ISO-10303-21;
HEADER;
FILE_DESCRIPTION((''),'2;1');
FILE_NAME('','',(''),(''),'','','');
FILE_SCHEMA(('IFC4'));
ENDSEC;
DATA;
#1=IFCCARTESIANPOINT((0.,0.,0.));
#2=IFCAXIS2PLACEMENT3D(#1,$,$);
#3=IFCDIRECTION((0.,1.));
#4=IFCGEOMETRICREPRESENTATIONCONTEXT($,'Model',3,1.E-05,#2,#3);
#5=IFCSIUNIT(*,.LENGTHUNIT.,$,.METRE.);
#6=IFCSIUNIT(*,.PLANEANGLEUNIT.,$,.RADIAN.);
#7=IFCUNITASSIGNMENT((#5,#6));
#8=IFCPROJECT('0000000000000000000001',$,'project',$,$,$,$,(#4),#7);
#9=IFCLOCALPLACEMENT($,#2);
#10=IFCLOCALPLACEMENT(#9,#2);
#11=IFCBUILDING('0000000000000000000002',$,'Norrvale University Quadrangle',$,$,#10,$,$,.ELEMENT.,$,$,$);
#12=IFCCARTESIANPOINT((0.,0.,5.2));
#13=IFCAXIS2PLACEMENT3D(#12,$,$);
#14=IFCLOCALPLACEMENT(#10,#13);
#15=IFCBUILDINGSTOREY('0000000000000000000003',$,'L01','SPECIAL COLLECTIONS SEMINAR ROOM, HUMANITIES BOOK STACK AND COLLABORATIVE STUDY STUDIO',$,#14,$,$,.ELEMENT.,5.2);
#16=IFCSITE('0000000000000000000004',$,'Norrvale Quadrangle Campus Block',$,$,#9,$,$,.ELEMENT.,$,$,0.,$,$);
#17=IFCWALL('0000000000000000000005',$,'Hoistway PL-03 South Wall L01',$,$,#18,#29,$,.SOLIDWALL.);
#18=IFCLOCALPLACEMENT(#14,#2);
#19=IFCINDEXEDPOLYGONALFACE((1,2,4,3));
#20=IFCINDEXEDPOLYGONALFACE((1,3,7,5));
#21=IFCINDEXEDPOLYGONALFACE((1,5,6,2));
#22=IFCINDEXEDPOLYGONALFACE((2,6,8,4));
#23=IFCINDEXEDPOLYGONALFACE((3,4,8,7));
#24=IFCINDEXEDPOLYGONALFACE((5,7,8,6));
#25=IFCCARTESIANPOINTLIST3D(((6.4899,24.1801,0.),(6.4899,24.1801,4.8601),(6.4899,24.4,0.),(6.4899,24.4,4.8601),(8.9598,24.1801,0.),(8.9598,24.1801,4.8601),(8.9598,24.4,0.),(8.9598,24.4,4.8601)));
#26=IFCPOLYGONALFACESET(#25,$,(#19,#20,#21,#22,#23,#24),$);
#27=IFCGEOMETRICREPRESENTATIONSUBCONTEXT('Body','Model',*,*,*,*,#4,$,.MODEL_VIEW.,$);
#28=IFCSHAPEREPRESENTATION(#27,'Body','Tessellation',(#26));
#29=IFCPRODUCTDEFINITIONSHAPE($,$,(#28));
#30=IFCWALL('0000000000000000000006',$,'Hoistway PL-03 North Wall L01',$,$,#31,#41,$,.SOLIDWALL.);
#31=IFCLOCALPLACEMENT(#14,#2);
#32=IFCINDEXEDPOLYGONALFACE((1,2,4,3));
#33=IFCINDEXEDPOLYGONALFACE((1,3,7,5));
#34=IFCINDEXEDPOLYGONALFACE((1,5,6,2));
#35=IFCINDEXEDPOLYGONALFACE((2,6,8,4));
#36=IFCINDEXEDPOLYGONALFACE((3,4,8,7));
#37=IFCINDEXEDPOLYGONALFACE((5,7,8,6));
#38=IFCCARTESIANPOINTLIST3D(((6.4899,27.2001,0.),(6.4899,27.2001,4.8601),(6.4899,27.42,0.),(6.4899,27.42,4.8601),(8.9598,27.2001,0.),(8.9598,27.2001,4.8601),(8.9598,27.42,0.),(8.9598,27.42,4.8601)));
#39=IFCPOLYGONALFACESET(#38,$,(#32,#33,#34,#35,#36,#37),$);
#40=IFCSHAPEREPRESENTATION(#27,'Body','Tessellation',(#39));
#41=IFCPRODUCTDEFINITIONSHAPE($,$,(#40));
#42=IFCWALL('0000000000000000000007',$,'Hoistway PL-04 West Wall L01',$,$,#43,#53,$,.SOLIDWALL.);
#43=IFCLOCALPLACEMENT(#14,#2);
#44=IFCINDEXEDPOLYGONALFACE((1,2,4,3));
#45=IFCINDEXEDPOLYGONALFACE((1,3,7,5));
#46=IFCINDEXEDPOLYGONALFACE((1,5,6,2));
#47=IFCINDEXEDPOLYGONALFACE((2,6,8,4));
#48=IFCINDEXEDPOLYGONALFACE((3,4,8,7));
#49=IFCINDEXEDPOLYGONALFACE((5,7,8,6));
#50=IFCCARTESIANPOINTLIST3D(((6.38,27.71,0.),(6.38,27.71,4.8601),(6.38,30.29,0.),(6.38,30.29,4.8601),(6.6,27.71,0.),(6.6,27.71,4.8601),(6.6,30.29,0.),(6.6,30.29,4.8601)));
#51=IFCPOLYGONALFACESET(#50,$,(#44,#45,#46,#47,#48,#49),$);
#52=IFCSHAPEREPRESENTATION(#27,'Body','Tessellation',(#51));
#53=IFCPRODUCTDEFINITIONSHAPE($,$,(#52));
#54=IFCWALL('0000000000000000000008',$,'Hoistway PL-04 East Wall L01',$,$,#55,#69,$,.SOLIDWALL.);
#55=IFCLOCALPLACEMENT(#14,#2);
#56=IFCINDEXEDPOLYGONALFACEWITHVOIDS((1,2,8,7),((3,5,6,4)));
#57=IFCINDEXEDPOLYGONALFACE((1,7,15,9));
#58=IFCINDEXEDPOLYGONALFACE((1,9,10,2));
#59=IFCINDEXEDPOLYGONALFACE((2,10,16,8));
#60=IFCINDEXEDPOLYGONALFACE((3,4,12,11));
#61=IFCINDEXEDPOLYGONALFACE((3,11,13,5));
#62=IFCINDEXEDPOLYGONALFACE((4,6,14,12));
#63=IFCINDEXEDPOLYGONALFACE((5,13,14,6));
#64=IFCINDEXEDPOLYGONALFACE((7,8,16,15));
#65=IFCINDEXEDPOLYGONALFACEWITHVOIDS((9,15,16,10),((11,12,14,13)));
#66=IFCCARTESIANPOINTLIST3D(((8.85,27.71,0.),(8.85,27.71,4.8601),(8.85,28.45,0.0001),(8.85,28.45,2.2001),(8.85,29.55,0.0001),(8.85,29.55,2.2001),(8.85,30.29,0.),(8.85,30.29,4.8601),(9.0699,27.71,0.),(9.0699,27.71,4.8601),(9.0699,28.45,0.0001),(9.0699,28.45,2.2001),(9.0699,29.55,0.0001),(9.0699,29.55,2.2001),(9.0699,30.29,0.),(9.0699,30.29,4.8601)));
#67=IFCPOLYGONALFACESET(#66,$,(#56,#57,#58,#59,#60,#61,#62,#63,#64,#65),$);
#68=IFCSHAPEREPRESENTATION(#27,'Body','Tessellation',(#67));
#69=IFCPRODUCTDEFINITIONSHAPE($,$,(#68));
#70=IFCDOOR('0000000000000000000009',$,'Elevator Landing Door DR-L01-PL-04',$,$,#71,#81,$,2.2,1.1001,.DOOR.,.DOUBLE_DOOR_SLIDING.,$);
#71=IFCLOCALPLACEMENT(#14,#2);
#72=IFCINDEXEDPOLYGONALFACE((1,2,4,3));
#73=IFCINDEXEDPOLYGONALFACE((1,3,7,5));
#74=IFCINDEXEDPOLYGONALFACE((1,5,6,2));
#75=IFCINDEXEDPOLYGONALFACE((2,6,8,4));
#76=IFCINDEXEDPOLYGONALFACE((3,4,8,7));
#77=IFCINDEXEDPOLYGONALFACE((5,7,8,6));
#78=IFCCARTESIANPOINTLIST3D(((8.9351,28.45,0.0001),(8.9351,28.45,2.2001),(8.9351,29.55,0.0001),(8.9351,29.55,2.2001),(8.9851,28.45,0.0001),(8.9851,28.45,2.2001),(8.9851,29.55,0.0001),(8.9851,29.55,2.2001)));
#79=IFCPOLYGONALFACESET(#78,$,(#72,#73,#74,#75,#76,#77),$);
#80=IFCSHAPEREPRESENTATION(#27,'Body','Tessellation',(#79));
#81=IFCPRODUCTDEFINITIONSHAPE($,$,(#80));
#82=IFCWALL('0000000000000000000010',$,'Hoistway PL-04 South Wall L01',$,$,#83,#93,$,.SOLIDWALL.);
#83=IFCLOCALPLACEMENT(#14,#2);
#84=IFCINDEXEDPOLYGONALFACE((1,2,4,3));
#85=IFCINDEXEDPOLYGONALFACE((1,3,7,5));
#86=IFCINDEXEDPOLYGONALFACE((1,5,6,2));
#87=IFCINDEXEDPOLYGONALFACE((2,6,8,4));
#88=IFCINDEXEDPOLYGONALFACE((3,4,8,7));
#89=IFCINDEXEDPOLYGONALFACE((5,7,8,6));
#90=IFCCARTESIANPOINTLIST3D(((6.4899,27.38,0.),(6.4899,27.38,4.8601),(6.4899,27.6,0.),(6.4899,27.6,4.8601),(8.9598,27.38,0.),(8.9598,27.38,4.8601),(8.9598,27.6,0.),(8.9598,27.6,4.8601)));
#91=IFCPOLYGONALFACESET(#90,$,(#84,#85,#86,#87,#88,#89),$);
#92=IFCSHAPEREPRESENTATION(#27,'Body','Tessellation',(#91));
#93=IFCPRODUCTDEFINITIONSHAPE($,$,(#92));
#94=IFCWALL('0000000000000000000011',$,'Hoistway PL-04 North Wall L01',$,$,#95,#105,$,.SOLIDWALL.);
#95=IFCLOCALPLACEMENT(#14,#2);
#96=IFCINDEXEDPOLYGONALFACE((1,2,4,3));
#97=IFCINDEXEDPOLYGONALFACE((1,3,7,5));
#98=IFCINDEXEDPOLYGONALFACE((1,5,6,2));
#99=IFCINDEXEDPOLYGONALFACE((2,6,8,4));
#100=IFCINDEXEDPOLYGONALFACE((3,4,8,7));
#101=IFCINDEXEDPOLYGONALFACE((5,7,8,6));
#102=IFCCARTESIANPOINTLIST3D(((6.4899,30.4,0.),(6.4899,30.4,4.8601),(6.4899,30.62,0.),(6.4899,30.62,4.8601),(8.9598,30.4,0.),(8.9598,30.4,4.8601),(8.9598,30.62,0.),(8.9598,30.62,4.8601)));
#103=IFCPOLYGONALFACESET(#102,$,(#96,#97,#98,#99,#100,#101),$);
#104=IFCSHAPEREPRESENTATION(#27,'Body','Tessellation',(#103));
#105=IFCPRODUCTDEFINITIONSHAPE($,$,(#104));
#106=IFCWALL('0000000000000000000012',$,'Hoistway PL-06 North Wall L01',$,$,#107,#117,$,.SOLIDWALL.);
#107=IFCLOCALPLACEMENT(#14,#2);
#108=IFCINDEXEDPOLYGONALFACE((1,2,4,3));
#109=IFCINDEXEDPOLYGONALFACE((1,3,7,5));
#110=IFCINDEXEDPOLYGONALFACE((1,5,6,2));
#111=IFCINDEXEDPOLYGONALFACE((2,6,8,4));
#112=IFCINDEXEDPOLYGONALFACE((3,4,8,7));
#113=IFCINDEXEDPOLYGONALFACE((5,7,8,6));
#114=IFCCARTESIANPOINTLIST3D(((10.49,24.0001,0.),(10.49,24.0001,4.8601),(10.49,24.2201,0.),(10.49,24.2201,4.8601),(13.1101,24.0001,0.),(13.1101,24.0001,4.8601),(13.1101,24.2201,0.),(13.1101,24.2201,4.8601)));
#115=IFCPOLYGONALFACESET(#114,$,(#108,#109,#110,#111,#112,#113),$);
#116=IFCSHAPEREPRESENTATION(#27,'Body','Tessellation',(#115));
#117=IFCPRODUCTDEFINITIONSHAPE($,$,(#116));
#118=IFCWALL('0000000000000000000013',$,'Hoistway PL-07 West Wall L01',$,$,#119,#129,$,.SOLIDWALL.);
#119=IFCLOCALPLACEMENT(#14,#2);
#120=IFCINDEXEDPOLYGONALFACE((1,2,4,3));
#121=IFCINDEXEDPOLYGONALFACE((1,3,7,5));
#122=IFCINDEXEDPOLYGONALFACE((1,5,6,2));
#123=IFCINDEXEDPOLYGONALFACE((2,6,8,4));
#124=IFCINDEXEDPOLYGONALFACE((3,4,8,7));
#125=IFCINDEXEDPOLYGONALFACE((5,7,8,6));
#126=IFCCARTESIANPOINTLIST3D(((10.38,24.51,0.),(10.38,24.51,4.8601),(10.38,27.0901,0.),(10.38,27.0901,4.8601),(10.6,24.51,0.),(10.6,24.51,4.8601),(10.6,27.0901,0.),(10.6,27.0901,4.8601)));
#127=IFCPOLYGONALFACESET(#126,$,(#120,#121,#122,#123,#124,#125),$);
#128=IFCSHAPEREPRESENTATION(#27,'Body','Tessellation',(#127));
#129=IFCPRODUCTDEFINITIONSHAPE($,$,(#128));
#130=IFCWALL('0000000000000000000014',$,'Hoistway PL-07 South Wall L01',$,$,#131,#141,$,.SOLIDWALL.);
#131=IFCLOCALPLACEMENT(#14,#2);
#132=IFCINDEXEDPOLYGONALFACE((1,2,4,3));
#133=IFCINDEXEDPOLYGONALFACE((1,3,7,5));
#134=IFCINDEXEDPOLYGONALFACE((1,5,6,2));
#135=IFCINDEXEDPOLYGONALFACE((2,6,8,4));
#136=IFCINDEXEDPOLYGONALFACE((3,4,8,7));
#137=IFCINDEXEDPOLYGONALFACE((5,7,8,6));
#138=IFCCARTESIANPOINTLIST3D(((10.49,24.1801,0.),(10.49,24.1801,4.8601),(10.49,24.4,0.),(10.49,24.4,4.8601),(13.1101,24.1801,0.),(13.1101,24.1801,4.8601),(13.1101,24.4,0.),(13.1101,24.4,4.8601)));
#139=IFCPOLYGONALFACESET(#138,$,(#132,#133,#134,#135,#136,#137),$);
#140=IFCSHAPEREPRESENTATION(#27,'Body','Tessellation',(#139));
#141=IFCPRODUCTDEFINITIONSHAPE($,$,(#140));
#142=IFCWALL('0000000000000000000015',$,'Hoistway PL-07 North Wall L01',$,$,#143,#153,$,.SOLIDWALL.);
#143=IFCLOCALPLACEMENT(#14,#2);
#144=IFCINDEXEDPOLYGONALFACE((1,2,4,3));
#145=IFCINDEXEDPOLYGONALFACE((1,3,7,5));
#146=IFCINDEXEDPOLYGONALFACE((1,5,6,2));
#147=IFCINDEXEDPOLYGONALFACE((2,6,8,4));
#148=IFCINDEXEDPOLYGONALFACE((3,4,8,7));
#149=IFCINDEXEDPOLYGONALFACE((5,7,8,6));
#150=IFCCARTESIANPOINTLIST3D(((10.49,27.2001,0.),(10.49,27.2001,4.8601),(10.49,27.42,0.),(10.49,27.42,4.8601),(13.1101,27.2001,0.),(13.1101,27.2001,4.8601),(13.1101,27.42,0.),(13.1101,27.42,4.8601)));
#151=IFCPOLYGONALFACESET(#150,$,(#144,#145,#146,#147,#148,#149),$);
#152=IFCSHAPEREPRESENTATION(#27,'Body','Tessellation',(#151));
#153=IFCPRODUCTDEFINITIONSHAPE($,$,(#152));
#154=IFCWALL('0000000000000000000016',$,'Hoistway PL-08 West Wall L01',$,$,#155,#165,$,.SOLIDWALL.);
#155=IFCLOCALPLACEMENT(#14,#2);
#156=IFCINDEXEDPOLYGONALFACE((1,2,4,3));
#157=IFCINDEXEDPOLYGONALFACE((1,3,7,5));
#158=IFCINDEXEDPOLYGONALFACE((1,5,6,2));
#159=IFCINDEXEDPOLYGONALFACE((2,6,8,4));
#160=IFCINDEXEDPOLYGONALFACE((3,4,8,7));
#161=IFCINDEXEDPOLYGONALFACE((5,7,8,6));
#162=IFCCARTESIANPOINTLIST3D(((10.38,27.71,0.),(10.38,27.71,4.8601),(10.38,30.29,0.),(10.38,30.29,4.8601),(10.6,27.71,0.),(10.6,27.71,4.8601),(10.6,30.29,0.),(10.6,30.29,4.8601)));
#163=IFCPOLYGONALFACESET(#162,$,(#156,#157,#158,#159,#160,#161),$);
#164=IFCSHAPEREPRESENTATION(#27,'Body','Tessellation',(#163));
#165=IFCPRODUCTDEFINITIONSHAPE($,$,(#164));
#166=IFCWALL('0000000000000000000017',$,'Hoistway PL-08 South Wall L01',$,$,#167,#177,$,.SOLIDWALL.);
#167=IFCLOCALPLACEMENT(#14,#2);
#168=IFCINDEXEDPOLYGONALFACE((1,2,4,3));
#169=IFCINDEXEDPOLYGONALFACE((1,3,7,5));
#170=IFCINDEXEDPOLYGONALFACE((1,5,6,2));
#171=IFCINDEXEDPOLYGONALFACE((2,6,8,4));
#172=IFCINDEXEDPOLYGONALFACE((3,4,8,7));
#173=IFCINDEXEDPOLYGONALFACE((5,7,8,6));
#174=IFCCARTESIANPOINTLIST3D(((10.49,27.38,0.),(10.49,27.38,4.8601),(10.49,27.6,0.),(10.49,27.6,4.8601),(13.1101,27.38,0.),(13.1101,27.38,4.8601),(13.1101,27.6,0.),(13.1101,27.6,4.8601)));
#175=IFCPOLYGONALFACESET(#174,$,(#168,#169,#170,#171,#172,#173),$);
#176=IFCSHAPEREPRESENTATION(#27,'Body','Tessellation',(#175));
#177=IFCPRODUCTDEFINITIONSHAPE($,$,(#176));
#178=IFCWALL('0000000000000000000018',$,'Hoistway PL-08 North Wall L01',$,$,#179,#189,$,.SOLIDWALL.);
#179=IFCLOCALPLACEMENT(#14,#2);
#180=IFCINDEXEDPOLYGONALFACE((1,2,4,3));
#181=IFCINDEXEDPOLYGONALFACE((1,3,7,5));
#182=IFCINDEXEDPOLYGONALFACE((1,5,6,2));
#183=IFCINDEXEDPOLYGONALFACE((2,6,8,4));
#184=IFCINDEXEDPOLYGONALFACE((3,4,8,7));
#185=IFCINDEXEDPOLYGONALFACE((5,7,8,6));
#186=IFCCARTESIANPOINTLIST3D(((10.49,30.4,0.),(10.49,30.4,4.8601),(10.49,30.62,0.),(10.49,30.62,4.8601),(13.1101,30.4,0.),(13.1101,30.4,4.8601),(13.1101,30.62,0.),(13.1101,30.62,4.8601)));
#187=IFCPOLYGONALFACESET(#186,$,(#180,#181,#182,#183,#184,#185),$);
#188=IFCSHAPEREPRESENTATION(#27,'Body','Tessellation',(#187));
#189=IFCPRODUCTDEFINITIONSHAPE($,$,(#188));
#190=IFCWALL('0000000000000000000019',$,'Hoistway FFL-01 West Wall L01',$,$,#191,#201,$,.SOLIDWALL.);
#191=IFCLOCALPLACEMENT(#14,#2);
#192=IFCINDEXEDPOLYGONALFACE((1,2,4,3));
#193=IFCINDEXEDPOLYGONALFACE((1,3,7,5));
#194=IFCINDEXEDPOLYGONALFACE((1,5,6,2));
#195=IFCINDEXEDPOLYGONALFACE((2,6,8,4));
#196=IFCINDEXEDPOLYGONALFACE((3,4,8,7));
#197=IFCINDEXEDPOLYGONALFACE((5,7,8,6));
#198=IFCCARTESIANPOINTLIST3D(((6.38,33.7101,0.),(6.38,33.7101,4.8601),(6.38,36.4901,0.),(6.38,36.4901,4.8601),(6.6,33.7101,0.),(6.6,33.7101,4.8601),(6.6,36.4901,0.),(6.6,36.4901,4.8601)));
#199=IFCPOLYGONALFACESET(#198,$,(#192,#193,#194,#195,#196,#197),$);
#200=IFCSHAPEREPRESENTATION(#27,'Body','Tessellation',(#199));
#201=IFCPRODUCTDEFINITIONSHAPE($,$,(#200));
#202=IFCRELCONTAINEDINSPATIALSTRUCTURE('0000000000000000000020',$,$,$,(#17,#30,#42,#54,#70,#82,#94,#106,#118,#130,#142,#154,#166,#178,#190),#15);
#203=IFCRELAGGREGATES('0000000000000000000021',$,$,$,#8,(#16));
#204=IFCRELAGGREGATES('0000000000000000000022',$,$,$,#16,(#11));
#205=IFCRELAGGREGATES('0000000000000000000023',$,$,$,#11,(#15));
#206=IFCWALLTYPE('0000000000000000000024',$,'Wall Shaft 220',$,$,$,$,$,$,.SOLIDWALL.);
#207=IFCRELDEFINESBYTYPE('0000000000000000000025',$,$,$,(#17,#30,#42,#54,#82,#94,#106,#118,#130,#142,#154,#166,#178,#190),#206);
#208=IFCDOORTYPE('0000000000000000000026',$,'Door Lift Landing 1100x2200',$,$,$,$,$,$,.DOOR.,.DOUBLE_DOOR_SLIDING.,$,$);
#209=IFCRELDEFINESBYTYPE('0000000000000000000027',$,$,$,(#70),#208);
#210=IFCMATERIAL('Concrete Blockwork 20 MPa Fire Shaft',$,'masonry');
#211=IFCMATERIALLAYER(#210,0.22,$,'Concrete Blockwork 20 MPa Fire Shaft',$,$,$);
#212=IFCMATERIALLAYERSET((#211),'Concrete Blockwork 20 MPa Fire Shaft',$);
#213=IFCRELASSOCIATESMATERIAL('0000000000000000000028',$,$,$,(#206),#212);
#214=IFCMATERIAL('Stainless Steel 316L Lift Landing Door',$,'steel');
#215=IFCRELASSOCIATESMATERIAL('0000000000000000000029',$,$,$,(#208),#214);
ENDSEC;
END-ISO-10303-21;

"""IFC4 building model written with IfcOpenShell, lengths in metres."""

from ifc_helpers import new_model, si_unit, direction, frame, frame_2d, origin, place, context, subcontext, project, spatial, rectangle, extrude, material, layer, layer_set, type_object, element, fill, save


model = new_model("IFC4")

# Units and contexts
model_context = context("Model", 3, precision=1e-05, world=origin(), true_north=direction((0.0, 1.0)))
body_context = subcontext(model_context, "Body", "Model", "MODEL_VIEW")
ifc_project = project(units=[si_unit("LENGTHUNIT", "METRE"), si_unit("PLANEANGLEUNIT", "RADIAN")], contexts=[model_context])

# Site, building, storey
site_placement = place(None, origin())
site = spatial("IfcSite", under=ifc_project, at=site_placement, Name="Norrvale Quadrangle Campus Block", CompositionType="ELEMENT", RefElevation=0.0)
building_placement = place(site_placement, origin())
building = spatial("IfcBuilding", under=site, at=building_placement, Name="Norrvale University Quadrangle", CompositionType="ELEMENT")
storey_placement = place(building_placement, frame((0.0, 0.0, 5.2)))
storey = spatial("IfcBuildingStorey", under=building, at=storey_placement, Name="L01", Description="SPECIAL COLLECTIONS SEMINAR ROOM, HUMANITIES BOOK STACK AND COLLABORATIVE STUDY STUDIO", CompositionType="ELEMENT", Elevation=5.2)

# Shared definitions
ifc_material_1 = material(Name="Concrete Blockwork 20 MPa Fire Shaft", Category="masonry")
ifc_layer_1 = layer(ifc_material_1, 0.22, Name="Concrete Blockwork 20 MPa Fire Shaft")
ifc_layer_set_1 = layer_set([ifc_layer_1], Name="Concrete Blockwork 20 MPa Fire Shaft")
wall_type_1 = type_object("IfcWallType", Name="Wall Shaft 220", PredefinedType="SOLIDWALL", material=ifc_layer_set_1)

# Shared definitions
ifc_material_2 = material(Name="Stainless Steel 316L Lift Landing Door", Category="steel")
door_type_1 = type_object("IfcDoorType", Name="Door Lift Landing 1100x2200", OperationType="DOUBLE_DOOR_SLIDING", PredefinedType="DOOR", material=ifc_material_2)

# Walls
for number, where, z_axis, x_axis, name in (
    (1, (6.49, 24.29, 0.0), (0.0, 0.0, 1.0), (1.0, 0.0, 0.0), "Hoistway PL-03 South Wall L01"),
    (2, (6.49, 27.3101, 0.0), (0.0, 0.0, 1.0), (1.0, 0.0, 0.0), "Hoistway PL-03 North Wall L01"),
):
    element("IfcWall", number, at=place(storey_placement, frame(where, z_axis=z_axis, x_axis=x_axis)), inside=storey, type_object=wall_type_1, Name=name, PredefinedType="SOLIDWALL", context=body_context, shape_type="SweptSolid", body=[
        extrude(rectangle(XDim=2.47, YDim=0.22, at=frame_2d((1.2349, 0.0))), origin(), (0.0, 0.0, 1.0), 4.8601),
    ])
wall_1_placement = place(storey_placement, frame((6.49, 27.71, 0.0), z_axis=(0.0, 0.0, 1.0), x_axis=(0.0, 1.0, 0.0)))
element("IfcWall", 3, at=wall_1_placement, inside=storey, type_object=wall_type_1, Name="Hoistway PL-04 West Wall L01", PredefinedType="SOLIDWALL", context=body_context, shape_type="SweptSolid", body=[
    extrude(rectangle(XDim=2.5801, YDim=0.22, at=frame_2d((1.29, 0.0))), origin(), (0.0, 0.0, 1.0), 4.8601),
])

# Wall, opening, door
wall_2_placement = place(storey_placement, frame((8.96, 27.71, 0.0), z_axis=(0.0, 0.0, 1.0), x_axis=(0.0, 1.0, 0.0)))
wall_2 = element("IfcWall", 4, at=wall_2_placement, inside=storey, type_object=wall_type_1, Name="Hoistway PL-04 East Wall L01", PredefinedType="SOLIDWALL", context=body_context, shape_type="SweptSolid", body=[
    extrude(rectangle(XDim=2.5801, YDim=0.22, at=frame_2d((1.29, 0.0))), origin(), (0.0, 0.0, 1.0), 4.8601),
])
opening_1_placement = place(wall_2_placement, frame((0.74, 0.0, 0.0)))
opening_1 = element("IfcOpeningElement", 5, at=opening_1_placement, cuts=wall_2, PredefinedType="OPENING", context=body_context, shape_type="SweptSolid", body=[
    extrude(rectangle(XDim=1.1001, YDim=2.2, at=frame_2d((0.55, 1.1001))), frame((0.0, 0.1221, 0.0), z_axis=(0.0, -1.0, 0.0), x_axis=(1.0, 0.0, 0.0)), (0.0, 0.0, 1.0), 0.2439),
])
door_1_placement = place(opening_1_placement, origin())
door_1 = element("IfcDoor", 6, at=door_1_placement, inside=storey, type_object=door_type_1, Name="Elevator Landing Door DR-L01-PL-04", OperationType="DOUBLE_DOOR_SLIDING", OverallHeight=2.2, OverallWidth=1.1001, PredefinedType="DOOR", context=body_context, shape_type="SweptSolid", body=[
    extrude(rectangle(XDim=1.1001, YDim=2.2, at=frame_2d((0.55, 1.1001))), frame((0.0, 0.0249, 0.0), z_axis=(0.0, -1.0, 0.0), x_axis=(1.0, 0.0, 0.0)), (0.0, 0.0, 1.0), 0.05),
])
fill(opening_1, door_1)

# Walls
for number, where, z_axis, x_axis, name in (
    (7, (6.49, 27.49, 0.0), (0.0, 0.0, 1.0), (1.0, 0.0, 0.0), "Hoistway PL-04 South Wall L01"),
    (8, (6.49, 30.51, 0.0), (0.0, 0.0, 1.0), (1.0, 0.0, 0.0), "Hoistway PL-04 North Wall L01"),
):
    element("IfcWall", number, at=place(storey_placement, frame(where, z_axis=z_axis, x_axis=x_axis)), inside=storey, type_object=wall_type_1, Name=name, PredefinedType="SOLIDWALL", context=body_context, shape_type="SweptSolid", body=[
        extrude(rectangle(XDim=2.47, YDim=0.22, at=frame_2d((1.2349, 0.0))), origin(), (0.0, 0.0, 1.0), 4.8601),
    ])
wall_3_placement = place(storey_placement, frame((10.49, 24.1101, 0.0), z_axis=(0.0, 0.0, 1.0), x_axis=(1.0, 0.0, 0.0)))
element("IfcWall", 9, at=wall_3_placement, inside=storey, type_object=wall_type_1, Name="Hoistway PL-06 North Wall L01", PredefinedType="SOLIDWALL", context=body_context, shape_type="SweptSolid", body=[
    extrude(rectangle(XDim=2.6201, YDim=0.22, at=frame_2d((1.3101, 0.0))), origin(), (0.0, 0.0, 1.0), 4.8601),
])
wall_4_placement = place(storey_placement, frame((10.49, 24.51, 0.0), z_axis=(0.0, 0.0, 1.0), x_axis=(0.0, 1.0, 0.0)))
element("IfcWall", 10, at=wall_4_placement, inside=storey, type_object=wall_type_1, Name="Hoistway PL-07 West Wall L01", PredefinedType="SOLIDWALL", context=body_context, shape_type="SweptSolid", body=[
    extrude(rectangle(XDim=2.5801, YDim=0.22, at=frame_2d((1.29, 0.0))), origin(), (0.0, 0.0, 1.0), 4.8601),
])
for number, where, z_axis, x_axis, name in (
    (11, (10.49, 24.29, 0.0), (0.0, 0.0, 1.0), (1.0, 0.0, 0.0), "Hoistway PL-07 South Wall L01"),
    (12, (10.49, 27.3101, 0.0), (0.0, 0.0, 1.0), (1.0, 0.0, 0.0), "Hoistway PL-07 North Wall L01"),
):
    element("IfcWall", number, at=place(storey_placement, frame(where, z_axis=z_axis, x_axis=x_axis)), inside=storey, type_object=wall_type_1, Name=name, PredefinedType="SOLIDWALL", context=body_context, shape_type="SweptSolid", body=[
        extrude(rectangle(XDim=2.6201, YDim=0.22, at=frame_2d((1.3101, 0.0))), origin(), (0.0, 0.0, 1.0), 4.8601),
    ])
wall_5_placement = place(storey_placement, frame((10.49, 27.71, 0.0), z_axis=(0.0, 0.0, 1.0), x_axis=(0.0, 1.0, 0.0)))
element("IfcWall", 13, at=wall_5_placement, inside=storey, type_object=wall_type_1, Name="Hoistway PL-08 West Wall L01", PredefinedType="SOLIDWALL", context=body_context, shape_type="SweptSolid", body=[
    extrude(rectangle(XDim=2.5801, YDim=0.22, at=frame_2d((1.29, 0.0))), origin(), (0.0, 0.0, 1.0), 4.8601),
])
for number, where, z_axis, x_axis, name in (
    (14, (10.49, 27.49, 0.0), (0.0, 0.0, 1.0), (1.0, 0.0, 0.0), "Hoistway PL-08 South Wall L01"),
    (15, (10.49, 30.51, 0.0), (0.0, 0.0, 1.0), (1.0, 0.0, 0.0), "Hoistway PL-08 North Wall L01"),
):
    element("IfcWall", number, at=place(storey_placement, frame(where, z_axis=z_axis, x_axis=x_axis)), inside=storey, type_object=wall_type_1, Name=name, PredefinedType="SOLIDWALL", context=body_context, shape_type="SweptSolid", body=[
        extrude(rectangle(XDim=2.6201, YDim=0.22, at=frame_2d((1.3101, 0.0))), origin(), (0.0, 0.0, 1.0), 4.8601),
    ])
for number, where, z_axis, x_axis, name in (
    (16, (6.49, 33.71, 0.0), (0.0, 0.0, 1.0), (0.0, 1.0, 0.0), "Hoistway FFL-01 West Wall L01"),
):
    element("IfcWall", number, at=place(storey_placement, frame(where, z_axis=z_axis, x_axis=x_axis)), inside=storey, type_object=wall_type_1, Name=name, PredefinedType="SOLIDWALL", context=body_context, shape_type="SweptSolid", body=[
        extrude(rectangle(XDim=2.78, YDim=0.22, at=frame_2d((1.3901, 0.0))), origin(), (0.0, 0.0, 1.0), 4.8601),
    ])

save(model, "model.ifc")
